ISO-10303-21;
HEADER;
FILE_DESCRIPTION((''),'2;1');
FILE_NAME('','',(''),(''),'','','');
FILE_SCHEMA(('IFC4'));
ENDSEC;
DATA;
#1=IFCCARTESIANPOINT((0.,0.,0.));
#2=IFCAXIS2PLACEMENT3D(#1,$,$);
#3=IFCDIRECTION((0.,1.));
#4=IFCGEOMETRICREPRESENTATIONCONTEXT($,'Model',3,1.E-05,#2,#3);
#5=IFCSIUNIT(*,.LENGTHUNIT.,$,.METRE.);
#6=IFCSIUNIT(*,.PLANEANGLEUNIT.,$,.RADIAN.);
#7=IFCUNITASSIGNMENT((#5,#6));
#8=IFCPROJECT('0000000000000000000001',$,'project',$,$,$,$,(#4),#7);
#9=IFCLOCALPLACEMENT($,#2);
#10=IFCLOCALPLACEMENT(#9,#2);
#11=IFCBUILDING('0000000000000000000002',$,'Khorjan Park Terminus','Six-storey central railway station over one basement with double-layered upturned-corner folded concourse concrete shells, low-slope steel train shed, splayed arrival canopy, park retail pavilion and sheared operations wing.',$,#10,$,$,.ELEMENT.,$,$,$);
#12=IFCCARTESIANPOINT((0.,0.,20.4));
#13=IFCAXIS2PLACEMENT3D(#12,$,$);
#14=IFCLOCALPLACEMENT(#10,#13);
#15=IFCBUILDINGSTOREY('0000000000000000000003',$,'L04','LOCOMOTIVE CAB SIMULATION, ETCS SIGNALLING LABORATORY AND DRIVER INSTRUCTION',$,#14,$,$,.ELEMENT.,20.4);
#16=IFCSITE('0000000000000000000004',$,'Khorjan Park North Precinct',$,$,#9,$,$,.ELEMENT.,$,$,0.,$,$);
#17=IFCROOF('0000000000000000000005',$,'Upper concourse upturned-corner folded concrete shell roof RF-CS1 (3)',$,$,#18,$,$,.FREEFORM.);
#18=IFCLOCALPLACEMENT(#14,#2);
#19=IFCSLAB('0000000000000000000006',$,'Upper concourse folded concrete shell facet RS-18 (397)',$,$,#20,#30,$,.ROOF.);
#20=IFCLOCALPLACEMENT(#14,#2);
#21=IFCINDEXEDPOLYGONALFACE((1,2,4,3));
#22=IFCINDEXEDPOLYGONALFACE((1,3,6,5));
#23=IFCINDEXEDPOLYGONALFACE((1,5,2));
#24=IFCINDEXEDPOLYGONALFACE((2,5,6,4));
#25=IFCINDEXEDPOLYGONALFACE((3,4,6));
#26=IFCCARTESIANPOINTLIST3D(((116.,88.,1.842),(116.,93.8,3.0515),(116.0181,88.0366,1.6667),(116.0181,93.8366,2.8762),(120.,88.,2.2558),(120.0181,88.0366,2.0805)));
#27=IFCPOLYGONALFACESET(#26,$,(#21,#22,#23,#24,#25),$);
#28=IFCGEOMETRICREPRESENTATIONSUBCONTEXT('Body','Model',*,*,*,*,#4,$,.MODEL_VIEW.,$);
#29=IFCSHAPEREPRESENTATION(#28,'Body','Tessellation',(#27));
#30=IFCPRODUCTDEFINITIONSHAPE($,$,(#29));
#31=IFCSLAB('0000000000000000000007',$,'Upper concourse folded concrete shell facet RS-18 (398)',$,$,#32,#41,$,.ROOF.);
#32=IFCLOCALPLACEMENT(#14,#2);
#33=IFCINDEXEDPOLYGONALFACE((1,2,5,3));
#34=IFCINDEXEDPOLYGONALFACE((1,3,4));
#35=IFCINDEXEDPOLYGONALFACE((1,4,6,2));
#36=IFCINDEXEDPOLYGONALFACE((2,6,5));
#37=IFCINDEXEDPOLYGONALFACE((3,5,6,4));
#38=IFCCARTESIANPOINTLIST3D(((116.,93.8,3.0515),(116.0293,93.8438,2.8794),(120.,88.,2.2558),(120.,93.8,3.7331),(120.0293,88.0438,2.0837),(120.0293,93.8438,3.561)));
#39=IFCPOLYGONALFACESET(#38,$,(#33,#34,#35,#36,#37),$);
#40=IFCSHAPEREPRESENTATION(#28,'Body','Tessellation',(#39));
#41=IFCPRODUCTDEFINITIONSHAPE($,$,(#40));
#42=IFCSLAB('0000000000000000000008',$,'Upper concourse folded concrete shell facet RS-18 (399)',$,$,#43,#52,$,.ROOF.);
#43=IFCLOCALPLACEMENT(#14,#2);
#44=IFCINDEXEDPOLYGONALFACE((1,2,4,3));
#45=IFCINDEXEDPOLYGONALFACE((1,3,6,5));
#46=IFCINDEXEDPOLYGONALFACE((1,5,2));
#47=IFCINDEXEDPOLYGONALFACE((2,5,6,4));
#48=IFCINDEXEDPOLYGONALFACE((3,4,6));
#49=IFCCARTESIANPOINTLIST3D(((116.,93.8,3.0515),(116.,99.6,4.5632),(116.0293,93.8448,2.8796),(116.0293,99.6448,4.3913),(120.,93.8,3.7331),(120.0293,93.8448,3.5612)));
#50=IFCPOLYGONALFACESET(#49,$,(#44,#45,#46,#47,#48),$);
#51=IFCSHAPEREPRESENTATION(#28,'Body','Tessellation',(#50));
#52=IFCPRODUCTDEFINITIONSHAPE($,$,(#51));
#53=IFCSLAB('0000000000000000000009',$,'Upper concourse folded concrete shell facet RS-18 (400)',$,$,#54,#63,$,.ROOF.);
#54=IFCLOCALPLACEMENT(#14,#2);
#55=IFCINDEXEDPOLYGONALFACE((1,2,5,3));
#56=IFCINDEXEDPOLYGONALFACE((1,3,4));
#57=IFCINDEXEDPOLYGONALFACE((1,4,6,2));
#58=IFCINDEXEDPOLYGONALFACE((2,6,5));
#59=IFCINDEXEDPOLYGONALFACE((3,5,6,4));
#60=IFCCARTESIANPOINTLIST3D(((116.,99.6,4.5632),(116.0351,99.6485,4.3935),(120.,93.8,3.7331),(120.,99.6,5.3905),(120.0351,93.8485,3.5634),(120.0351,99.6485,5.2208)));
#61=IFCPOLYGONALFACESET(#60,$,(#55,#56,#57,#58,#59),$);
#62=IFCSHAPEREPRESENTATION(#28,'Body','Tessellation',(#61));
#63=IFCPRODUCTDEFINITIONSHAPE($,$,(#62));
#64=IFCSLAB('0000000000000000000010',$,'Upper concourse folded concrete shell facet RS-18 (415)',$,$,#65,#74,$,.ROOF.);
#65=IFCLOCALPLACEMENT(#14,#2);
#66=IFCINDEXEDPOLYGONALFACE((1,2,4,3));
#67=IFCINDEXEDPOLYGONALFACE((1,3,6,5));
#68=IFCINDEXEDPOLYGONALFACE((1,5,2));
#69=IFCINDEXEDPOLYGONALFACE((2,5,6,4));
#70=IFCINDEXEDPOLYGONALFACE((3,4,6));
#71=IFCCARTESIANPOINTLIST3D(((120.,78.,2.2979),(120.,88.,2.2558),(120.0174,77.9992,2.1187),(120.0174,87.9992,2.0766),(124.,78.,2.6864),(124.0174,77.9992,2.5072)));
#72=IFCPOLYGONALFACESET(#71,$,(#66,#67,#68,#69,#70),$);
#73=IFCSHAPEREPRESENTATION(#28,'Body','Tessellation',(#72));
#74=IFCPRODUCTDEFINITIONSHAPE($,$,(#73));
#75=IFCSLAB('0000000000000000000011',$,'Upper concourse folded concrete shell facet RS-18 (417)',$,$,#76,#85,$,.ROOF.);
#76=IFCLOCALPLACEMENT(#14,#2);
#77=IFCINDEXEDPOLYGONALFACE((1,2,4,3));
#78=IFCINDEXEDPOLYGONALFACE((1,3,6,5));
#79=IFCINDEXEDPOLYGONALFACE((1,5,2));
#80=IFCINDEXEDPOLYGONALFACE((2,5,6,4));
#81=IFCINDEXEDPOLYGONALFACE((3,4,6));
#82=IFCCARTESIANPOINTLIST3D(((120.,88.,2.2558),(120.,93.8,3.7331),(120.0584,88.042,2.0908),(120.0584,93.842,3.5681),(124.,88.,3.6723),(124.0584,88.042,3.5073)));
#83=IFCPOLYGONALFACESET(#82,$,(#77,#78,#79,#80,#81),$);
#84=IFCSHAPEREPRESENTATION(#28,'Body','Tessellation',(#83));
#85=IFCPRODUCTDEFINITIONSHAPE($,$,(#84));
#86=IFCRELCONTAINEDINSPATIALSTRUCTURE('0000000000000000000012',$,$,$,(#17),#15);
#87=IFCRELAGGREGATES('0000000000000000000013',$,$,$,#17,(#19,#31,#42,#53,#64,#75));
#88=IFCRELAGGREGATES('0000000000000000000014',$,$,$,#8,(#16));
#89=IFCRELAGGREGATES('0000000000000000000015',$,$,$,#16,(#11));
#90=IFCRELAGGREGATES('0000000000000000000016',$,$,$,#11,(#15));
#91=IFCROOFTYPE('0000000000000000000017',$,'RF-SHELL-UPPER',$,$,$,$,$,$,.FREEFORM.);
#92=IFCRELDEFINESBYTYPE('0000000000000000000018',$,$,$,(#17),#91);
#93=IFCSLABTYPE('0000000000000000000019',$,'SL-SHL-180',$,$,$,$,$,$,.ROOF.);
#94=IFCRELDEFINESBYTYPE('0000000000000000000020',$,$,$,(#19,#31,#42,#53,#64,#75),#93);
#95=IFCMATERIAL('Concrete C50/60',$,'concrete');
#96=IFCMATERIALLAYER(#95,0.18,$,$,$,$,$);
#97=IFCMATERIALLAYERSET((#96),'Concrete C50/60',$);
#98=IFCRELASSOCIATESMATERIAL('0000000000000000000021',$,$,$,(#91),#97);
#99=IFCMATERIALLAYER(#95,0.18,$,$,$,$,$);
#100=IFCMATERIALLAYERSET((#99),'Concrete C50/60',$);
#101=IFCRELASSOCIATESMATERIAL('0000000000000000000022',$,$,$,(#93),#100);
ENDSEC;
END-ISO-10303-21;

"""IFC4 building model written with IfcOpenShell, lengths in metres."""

from ifc_helpers import new_model, si_unit, direction, frame, origin, place, context, subcontext, project, spatial, polyline, outline, extrude, material, layer, layer_set, type_object, element, aggregate, save


model = new_model("IFC4")

# Units and contexts
model_context = context("Model", 3, precision=1e-05, world=origin(), true_north=direction((0.0, 1.0)))
body_context = subcontext(model_context, "Body", "Model", "MODEL_VIEW")
ifc_project = project(units=[si_unit("LENGTHUNIT", "METRE"), si_unit("PLANEANGLEUNIT", "RADIAN")], contexts=[model_context])

# Site, building, storey
site_placement = place(None, origin())
site = spatial("IfcSite", under=ifc_project, at=site_placement, Name="Khorjan Park North Precinct", CompositionType="ELEMENT", RefElevation=0.0)
building_placement = place(site_placement, origin())
building = spatial("IfcBuilding", under=site, at=building_placement, Name="Khorjan Park Terminus", Description="Six-storey central railway station over one basement with double-layered upturned-corner folded concourse concrete shells, low-slope steel train shed, splayed arrival canopy, park retail pavilion and sheared operations wing.", CompositionType="ELEMENT")
storey_placement = place(building_placement, frame((0.0, 0.0, 20.4)))
storey = spatial("IfcBuildingStorey", under=building, at=storey_placement, Name="L04", Description="LOCOMOTIVE CAB SIMULATION, ETCS SIGNALLING LABORATORY AND DRIVER INSTRUCTION", CompositionType="ELEMENT", Elevation=20.4)

# Roof, slabs
ifc_material = material(Name="Concrete C50/60", Category="concrete")
ifc_layer_1 = layer(ifc_material, 0.18)
ifc_layer_set_1 = layer_set([ifc_layer_1], Name="Concrete C50/60")
roof_type = type_object("IfcRoofType", Name="RF-SHELL-UPPER", PredefinedType="FREEFORM", material=ifc_layer_set_1)
roof_placement = place(storey_placement, origin())
roof = element("IfcRoof", 1, at=roof_placement, inside=storey, type_object=roof_type, Name="Upper concourse upturned-corner folded concrete shell roof RF-CS1 (3)", PredefinedType="FREEFORM")
ifc_layer_2 = layer(ifc_material, 0.18)
ifc_layer_set_2 = layer_set([ifc_layer_2], Name="Concrete C50/60")
slab_type = type_object("IfcSlabType", Name="SL-SHL-180", PredefinedType="ROOF", material=ifc_layer_set_2)
slab_1_placement = place(storey_placement, frame((116.0, 88.0, 1.842), z_axis=(-0.100756, -0.203104, 0.973959), x_axis=(0.994692, 0.0, 0.102901)))
slab_1 = element("IfcSlab", 2, at=slab_1_placement, type_object=slab_type, Name="Upper concourse folded concrete shell facet RS-18 (397)", PredefinedType="ROOF", context=body_context, shape_type="SweptSolid", body=[
    extrude(outline(polyline([(0.0, 0.0), (4.0213, 0.0), (0.1245, 5.9235), (0.0, 0.0)])), origin(), (0.0, 0.0, -1.0), 0.18),
])
slab_2_placement = place(storey_placement, frame((120.0, 88.0, 2.2558), z_axis=(-0.162922, -0.243528, 0.956112), x_axis=(0.0, 0.96906, 0.246826)))
slab_2 = element("IfcSlab", 3, at=slab_2_placement, type_object=slab_type, Name="Upper concourse folded concrete shell facet RS-18 (398)", PredefinedType="ROOF", context=body_context, shape_type="SweptSolid", body=[
    extrude(outline(polyline([(0.0, 0.0), (5.9852, 0.0), (5.8169, 4.0542), (0.0, 0.0)])), origin(), (0.0, 0.0, -1.0), 0.18),
])
slab_3_placement = place(storey_placement, frame((116.0, 93.8, 3.0515), z_axis=(-0.162694, -0.248852, 0.954779), x_axis=(0.985791, 0.0, 0.167979)))
slab_3 = element("IfcSlab", 4, at=slab_3_placement, type_object=slab_type, Name="Upper concourse folded concrete shell facet RS-18 (399)", PredefinedType="ROOF", context=body_context, shape_type="SweptSolid", body=[
    extrude(outline(polyline([(0.0, 0.0), (4.0577, 0.0), (0.2539, 5.9884), (0.0, 0.0)])), origin(), (0.0, 0.0, -1.0), 0.18),
])
slab_4_placement = place(storey_placement, frame((120.0, 93.8, 3.7331), z_axis=(-0.195046, -0.269484, 0.943046), x_axis=(0.0, 0.961513, 0.274761)))
slab_4 = element("IfcSlab", 5, at=slab_4_placement, type_object=slab_type, Name="Upper concourse folded concrete shell facet RS-18 (400)", PredefinedType="ROOF", context=body_context, shape_type="SweptSolid", body=[
    extrude(outline(polyline([(0.0, 0.0), (6.0322, 0.0), (5.8049, 4.0783), (0.0, 0.0)])), origin(), (0.0, 0.0, -1.0), 0.18),
])
slab_5_placement = place(storey_placement, frame((120.0, 78.0, 2.2979), z_axis=(-0.096669, 0.00419, 0.995308), x_axis=(0.995316, 0.0, 0.09667)))
slab_5 = element("IfcSlab", 6, at=slab_5_placement, type_object=slab_type, Name="Upper concourse folded concrete shell facet RS-18 (415)", PredefinedType="ROOF", context=body_context, shape_type="SweptSolid", body=[
    extrude(outline(polyline([(0.0, 0.0), (4.0188, 0.0), (-0.0041, 10.0001), (0.0, 0.0)])), origin(), (0.0, 0.0, -1.0), 0.18),
])
slab_6_placement = place(storey_placement, frame((120.0, 88.0, 2.2558), z_axis=(-0.324588, -0.233462, 0.916591), x_axis=(0.94264, 0.0, 0.333812)))
slab_6 = element("IfcSlab", 7, at=slab_6_placement, type_object=slab_type, Name="Upper concourse folded concrete shell facet RS-18 (417)", PredefinedType="ROOF", context=body_context, shape_type="SweptSolid", body=[
    extrude(outline(polyline([(0.0, 0.0), (4.2434, 0.0), (0.4931, 5.9648), (0.0, 0.0)])), origin(), (0.0, 0.0, -1.0), 0.18),
])
aggregate(roof, [slab_1, slab_2, slab_3, slab_4, slab_5, slab_6])

save(model, "model.ifc")
